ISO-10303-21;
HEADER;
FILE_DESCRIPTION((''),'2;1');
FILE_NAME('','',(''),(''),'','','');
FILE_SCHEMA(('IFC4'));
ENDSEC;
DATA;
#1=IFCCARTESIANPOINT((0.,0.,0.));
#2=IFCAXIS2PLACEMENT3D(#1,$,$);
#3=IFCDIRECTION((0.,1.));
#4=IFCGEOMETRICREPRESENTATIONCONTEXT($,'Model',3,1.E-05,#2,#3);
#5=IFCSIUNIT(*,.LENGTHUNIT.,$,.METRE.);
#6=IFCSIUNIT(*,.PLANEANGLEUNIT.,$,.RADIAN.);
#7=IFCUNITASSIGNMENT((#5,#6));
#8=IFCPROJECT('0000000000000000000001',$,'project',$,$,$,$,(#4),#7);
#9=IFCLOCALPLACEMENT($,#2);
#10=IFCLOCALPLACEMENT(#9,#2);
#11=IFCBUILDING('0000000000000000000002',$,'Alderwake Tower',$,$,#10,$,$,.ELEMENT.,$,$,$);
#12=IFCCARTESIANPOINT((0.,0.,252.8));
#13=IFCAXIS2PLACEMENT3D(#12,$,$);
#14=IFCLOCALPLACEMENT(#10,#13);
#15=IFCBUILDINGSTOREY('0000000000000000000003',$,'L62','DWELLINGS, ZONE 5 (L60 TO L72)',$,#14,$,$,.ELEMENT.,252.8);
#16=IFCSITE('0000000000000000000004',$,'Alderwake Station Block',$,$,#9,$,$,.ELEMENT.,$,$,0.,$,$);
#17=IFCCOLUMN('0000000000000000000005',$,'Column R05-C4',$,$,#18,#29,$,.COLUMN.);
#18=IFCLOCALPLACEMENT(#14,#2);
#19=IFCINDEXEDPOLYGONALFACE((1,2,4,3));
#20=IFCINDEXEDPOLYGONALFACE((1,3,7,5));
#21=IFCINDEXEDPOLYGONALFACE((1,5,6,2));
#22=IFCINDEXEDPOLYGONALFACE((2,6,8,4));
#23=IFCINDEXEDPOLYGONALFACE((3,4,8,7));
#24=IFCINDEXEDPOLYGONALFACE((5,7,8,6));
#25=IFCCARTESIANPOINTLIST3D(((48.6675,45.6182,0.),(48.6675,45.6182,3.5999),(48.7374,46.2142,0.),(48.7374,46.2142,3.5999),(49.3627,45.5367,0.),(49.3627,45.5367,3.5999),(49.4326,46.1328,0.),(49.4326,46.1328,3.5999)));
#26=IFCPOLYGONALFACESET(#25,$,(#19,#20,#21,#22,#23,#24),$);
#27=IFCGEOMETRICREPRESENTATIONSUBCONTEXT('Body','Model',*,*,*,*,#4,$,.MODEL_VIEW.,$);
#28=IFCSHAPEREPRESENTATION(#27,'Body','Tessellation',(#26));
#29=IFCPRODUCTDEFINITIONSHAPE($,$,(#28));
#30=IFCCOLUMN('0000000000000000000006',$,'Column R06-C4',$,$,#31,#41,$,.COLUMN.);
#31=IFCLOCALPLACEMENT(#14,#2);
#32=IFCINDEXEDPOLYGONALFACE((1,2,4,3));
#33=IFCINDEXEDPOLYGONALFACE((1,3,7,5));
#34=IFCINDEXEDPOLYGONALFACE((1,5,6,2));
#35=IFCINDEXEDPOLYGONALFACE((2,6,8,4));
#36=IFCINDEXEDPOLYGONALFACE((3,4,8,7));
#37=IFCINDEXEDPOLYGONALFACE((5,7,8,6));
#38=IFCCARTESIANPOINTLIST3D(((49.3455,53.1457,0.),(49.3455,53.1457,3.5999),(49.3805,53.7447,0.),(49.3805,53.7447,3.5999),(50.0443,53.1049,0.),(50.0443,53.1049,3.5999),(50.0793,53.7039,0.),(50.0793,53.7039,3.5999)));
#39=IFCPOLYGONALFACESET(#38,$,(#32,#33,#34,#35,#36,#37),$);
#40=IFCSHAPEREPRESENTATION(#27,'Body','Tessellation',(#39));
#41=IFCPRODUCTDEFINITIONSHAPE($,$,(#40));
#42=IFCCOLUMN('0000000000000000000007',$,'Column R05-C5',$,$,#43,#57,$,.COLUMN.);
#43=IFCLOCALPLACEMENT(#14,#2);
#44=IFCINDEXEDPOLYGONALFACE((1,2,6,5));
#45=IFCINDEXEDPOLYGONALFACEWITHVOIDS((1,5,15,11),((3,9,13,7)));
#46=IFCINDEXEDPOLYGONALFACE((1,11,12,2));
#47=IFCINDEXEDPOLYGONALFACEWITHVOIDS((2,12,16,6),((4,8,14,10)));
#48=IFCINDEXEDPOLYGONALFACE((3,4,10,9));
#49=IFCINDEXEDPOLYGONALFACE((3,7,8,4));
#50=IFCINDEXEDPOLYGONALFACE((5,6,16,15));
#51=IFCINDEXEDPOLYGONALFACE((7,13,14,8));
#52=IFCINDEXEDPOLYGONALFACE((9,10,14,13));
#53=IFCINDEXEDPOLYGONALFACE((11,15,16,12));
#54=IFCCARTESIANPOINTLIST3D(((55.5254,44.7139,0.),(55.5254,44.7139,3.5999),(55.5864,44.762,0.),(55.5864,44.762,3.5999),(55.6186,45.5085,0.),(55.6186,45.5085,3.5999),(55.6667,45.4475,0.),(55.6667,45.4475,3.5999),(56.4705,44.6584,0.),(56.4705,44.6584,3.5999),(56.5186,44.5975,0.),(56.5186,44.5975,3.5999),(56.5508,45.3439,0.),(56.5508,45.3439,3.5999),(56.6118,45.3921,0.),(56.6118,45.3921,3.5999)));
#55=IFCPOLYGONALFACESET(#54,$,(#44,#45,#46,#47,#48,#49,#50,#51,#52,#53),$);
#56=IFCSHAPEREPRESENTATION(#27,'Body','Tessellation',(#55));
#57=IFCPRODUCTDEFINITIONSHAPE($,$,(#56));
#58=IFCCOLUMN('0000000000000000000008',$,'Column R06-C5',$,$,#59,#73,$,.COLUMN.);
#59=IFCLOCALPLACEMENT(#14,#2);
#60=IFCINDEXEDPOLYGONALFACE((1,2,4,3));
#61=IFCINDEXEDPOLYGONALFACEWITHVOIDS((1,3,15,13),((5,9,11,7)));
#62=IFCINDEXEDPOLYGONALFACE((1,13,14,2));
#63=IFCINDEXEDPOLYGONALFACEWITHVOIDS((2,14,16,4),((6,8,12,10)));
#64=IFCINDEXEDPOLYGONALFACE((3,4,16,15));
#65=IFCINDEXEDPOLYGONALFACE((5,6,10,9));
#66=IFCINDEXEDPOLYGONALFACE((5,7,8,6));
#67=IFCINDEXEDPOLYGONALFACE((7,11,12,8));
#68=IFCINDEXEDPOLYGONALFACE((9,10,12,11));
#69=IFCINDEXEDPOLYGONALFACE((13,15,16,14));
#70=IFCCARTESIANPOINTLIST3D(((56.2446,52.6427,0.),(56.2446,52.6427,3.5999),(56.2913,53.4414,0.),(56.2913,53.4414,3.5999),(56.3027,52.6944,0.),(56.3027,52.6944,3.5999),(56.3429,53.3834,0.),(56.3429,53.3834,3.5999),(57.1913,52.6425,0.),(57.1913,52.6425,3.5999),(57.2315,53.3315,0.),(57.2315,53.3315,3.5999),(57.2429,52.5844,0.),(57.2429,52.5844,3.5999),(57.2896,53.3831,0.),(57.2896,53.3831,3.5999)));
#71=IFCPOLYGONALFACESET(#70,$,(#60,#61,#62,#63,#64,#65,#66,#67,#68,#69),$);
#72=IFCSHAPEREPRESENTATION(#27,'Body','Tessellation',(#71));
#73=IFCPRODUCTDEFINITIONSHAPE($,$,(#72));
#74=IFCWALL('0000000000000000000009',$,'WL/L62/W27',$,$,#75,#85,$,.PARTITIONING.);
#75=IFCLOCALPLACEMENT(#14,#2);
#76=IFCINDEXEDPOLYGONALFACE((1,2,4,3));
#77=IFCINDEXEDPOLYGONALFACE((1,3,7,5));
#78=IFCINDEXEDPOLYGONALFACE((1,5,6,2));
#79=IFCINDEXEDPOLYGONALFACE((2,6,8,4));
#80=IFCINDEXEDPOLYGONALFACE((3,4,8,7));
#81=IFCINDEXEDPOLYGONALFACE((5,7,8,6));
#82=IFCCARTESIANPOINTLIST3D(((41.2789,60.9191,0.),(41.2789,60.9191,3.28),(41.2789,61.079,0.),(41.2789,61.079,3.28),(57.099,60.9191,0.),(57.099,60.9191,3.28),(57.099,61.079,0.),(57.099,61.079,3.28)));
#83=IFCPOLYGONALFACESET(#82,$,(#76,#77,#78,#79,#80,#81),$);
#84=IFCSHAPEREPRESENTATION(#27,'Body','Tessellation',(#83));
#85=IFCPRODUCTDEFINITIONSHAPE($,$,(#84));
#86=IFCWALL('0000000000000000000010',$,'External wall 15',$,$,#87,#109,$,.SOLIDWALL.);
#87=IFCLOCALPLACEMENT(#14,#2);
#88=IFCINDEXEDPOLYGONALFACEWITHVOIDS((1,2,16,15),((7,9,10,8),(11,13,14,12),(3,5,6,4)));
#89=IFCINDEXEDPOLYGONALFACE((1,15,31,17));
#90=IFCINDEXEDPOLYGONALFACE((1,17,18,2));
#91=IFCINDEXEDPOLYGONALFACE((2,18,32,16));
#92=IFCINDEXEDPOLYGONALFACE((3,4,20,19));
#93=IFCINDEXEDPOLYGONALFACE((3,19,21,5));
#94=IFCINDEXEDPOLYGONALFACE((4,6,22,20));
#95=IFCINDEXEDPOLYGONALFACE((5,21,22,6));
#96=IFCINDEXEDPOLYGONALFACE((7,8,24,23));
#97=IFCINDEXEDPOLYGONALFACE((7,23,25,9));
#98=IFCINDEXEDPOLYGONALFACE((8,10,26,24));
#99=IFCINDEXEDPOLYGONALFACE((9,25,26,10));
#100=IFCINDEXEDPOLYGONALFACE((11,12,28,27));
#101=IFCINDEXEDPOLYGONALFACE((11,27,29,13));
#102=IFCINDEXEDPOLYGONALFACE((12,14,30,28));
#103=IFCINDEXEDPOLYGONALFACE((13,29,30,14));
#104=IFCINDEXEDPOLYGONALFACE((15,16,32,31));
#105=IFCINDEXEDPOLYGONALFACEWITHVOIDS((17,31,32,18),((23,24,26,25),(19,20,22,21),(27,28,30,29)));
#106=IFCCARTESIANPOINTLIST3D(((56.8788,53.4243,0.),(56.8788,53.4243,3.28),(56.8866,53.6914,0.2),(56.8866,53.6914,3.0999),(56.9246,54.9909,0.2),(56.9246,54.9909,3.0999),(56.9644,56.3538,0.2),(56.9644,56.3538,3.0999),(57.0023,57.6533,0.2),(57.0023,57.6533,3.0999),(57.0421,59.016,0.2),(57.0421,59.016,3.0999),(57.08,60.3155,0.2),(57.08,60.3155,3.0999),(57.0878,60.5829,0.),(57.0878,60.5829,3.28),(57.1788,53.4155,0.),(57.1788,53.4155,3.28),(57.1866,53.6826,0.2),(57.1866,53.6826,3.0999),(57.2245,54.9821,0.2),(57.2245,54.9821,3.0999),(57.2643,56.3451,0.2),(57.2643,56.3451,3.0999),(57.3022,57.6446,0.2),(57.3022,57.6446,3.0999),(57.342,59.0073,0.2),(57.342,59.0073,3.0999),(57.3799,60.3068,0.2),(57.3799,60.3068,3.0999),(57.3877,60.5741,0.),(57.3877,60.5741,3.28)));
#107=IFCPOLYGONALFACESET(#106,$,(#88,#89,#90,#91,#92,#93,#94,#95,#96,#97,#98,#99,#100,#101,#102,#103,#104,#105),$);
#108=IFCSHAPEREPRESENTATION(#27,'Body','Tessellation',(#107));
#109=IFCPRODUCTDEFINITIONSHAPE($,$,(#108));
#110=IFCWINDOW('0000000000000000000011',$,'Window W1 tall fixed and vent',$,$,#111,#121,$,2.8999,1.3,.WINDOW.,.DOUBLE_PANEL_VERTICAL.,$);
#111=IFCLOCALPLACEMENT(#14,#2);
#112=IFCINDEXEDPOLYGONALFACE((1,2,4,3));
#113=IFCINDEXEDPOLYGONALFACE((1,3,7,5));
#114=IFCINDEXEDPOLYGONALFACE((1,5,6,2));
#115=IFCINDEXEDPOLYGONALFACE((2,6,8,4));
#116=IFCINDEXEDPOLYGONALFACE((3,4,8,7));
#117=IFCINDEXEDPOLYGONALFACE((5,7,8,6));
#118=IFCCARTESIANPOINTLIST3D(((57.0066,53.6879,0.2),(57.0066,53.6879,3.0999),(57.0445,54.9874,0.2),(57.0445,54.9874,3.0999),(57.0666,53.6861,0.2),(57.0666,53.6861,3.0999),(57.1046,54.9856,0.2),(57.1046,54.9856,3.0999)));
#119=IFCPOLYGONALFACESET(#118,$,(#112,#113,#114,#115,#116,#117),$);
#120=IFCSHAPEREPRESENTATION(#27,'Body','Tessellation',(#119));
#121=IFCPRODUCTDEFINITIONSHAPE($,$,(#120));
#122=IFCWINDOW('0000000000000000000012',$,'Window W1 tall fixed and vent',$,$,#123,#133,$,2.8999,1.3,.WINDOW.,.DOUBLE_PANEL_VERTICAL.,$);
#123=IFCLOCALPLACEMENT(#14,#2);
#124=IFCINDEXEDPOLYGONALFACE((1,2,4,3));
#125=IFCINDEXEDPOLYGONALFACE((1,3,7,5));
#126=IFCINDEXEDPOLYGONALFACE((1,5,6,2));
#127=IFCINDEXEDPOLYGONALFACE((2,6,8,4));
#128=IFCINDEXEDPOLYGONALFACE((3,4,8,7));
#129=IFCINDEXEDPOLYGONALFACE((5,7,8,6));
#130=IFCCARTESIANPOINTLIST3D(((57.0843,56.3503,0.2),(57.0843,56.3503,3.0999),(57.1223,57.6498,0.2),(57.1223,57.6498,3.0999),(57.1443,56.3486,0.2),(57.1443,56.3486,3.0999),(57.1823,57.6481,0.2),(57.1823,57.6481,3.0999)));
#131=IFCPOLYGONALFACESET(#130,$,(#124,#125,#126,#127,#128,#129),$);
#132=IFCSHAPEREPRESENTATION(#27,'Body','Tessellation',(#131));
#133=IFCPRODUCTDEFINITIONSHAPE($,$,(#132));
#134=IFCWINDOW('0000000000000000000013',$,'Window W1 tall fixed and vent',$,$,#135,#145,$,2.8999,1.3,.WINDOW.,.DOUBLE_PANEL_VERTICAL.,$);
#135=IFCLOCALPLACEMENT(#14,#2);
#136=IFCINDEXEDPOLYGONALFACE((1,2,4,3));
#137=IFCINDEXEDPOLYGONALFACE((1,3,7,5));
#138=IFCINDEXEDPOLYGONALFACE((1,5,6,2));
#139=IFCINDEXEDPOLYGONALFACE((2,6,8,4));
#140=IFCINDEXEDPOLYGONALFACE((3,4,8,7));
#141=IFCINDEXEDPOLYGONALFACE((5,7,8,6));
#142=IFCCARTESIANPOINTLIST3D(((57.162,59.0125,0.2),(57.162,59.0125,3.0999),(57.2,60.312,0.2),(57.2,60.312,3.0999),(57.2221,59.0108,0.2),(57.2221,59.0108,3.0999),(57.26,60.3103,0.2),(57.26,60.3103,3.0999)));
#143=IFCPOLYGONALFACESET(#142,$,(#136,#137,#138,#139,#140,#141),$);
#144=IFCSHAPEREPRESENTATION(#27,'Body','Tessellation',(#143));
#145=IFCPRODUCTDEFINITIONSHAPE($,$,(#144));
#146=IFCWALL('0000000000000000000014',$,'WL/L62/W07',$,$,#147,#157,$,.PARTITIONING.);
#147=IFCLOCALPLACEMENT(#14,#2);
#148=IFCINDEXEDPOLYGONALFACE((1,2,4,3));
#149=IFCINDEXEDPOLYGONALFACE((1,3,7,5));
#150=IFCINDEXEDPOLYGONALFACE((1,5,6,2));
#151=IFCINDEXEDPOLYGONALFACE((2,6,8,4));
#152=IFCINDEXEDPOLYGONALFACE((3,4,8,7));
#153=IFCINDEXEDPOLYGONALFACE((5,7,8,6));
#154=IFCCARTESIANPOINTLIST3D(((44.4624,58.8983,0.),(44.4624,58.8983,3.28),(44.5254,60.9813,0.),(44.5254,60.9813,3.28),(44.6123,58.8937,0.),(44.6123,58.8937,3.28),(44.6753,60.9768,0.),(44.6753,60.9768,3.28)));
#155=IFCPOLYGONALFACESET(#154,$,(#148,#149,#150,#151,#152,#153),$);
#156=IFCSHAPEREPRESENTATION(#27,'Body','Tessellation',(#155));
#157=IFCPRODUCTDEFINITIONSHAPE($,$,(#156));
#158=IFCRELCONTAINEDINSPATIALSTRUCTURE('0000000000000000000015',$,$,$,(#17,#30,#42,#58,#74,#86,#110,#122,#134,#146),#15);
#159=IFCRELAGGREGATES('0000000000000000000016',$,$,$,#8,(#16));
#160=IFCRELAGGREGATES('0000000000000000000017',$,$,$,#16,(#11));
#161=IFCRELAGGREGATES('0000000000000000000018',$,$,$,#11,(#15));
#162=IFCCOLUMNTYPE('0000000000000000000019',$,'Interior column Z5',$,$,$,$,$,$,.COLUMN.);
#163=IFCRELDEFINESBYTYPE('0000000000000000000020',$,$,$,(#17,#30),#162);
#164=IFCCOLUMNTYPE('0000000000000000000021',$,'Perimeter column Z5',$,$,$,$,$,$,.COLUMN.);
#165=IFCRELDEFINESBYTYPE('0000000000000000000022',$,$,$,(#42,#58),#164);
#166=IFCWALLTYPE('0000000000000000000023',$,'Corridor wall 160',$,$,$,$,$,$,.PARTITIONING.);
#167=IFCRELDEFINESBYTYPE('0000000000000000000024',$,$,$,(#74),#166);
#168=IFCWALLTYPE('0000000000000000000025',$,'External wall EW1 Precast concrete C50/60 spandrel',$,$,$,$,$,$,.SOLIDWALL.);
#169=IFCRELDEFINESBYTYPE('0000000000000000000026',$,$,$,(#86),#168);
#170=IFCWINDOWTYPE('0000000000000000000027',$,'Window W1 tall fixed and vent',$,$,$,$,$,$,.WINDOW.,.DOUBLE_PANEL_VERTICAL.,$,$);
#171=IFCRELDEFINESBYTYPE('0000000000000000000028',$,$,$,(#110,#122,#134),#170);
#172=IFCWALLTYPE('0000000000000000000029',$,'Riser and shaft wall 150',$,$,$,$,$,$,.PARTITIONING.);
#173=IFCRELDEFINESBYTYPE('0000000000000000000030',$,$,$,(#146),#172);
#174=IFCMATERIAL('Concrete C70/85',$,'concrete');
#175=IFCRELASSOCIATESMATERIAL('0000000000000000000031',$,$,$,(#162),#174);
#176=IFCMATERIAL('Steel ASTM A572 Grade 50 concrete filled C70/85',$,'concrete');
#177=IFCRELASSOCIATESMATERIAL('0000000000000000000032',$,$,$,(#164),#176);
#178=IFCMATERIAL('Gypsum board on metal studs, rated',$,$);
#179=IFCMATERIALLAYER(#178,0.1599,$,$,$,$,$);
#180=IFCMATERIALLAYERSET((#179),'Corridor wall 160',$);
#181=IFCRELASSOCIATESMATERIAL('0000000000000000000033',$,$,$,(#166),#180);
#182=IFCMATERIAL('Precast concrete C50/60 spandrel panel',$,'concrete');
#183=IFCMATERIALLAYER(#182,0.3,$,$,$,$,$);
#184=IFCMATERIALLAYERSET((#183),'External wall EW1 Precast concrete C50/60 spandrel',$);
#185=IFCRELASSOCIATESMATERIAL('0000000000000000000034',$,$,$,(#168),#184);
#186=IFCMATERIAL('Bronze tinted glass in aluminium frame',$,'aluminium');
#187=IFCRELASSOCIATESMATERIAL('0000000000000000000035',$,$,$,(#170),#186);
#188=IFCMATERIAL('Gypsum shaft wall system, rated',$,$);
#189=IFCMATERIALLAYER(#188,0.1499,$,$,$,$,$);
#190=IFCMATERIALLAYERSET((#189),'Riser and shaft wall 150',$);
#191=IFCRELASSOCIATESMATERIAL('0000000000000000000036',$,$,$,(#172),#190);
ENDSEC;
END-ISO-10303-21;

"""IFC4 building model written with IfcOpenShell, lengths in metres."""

from ifc_helpers import new_model, si_unit, direction, frame, frame_2d, origin, origin_2d, place, context, subcontext, project, spatial, rectangle, hollow_rectangle, extrude, material, layer, layer_set, material_profile, profile_set, type_object, element, fill, save


model = new_model("IFC4")

# Units and contexts
model_context = context("Model", 3, precision=1e-05, world=origin(), true_north=direction((0.0, 1.0)))
body_context = subcontext(model_context, "Body", "Model", "MODEL_VIEW")
ifc_project = project(units=[si_unit("LENGTHUNIT", "METRE"), si_unit("PLANEANGLEUNIT", "RADIAN")], contexts=[model_context])

# Site, building, storey
site_placement = place(None, origin())
site = spatial("IfcSite", under=ifc_project, at=site_placement, Name="Alderwake Station Block", CompositionType="ELEMENT", RefElevation=0.0)
building_placement = place(site_placement, origin())
building = spatial("IfcBuilding", under=site, at=building_placement, Name="Alderwake Tower", CompositionType="ELEMENT")
storey_placement = place(building_placement, frame((0.0, 0.0, 252.8)))
storey = spatial("IfcBuildingStorey", under=building, at=storey_placement, Name="L62", Description="DWELLINGS, ZONE 5 (L60 TO L72)", CompositionType="ELEMENT", Elevation=252.8)

# Columns
ifc_material_1 = material(Name="Concrete C70/85", Category="concrete")
ifc_material_profile_1 = material_profile(ifc_material_1, rectangle(XDim=0.6001, YDim=0.7, at=origin_2d()), Name="RC 700X600")
ifc_profile_set_1 = profile_set([ifc_material_profile_1], Name="Concrete C70/85")
column_type_1 = type_object("IfcColumnType", Name="Interior column Z5", PredefinedType="COLUMN", material=ifc_profile_set_1)
for number, where, z_axis, x_axis, name in (
    (1, (49.05, 45.8755, 0.0), (0.0, 0.0, 1.0), (0.116402, 0.993202, 0.0), "Column R05-C4"),
    (2, (49.7124, 53.4248, 0.0), (0.0, 0.0, 1.0), (0.058299, 0.998299, 0.0), "Column R06-C4"),
):
    element("IfcColumn", number, at=place(storey_placement, frame(where, z_axis=z_axis, x_axis=x_axis)), inside=storey, type_object=column_type_1, Name=name, PredefinedType="COLUMN", context=body_context, shape_type="SweptSolid", body=[
        extrude(rectangle(XDim=0.6001, YDim=0.7, at=origin_2d()), origin(), (0.0, 0.0, 1.0), 3.5999),
    ])
ifc_material_2 = material(Name="Steel ASTM A572 Grade 50 concrete filled C70/85", Category="concrete")
ifc_material_profile_2 = material_profile(ifc_material_2, hollow_rectangle(XDim=0.8, YDim=1.0, WallThickness=0.0549, at=origin_2d()), Name="BOX 1000X800X55")
ifc_profile_set_2 = profile_set([ifc_material_profile_2], Name="Steel ASTM A572 Grade 50 concrete filled C70/85")
column_type_2 = type_object("IfcColumnType", Name="Perimeter column Z5", PredefinedType="COLUMN", material=ifc_profile_set_2)
for number, where, z_axis, x_axis, name in (
    (3, (56.0686, 45.053, 0.0), (0.0, 0.0, 1.0), (0.116402, 0.993202, 0.0), "Column R05-C5"),
    (4, (56.7671, 53.0129, 0.0), (0.0, 0.0, 1.0), (0.058299, 0.998299, 0.0), "Column R06-C5"),
):
    element("IfcColumn", number, at=place(storey_placement, frame(where, z_axis=z_axis, x_axis=x_axis)), inside=storey, type_object=column_type_2, Name=name, PredefinedType="COLUMN", context=body_context, shape_type="SweptSolid", body=[
        extrude(hollow_rectangle(XDim=0.8, YDim=1.0, WallThickness=0.0549, at=origin_2d()), origin(), (0.0, 0.0, 1.0), 3.5999),
    ])

# Wall
ifc_material_3 = material(Name="Gypsum board on metal studs, rated")
ifc_layer_1 = layer(ifc_material_3, 0.1599)
ifc_layer_set_1 = layer_set([ifc_layer_1], Name="Corridor wall 160")
wall_type_1 = type_object("IfcWallType", Name="Corridor wall 160", PredefinedType="PARTITIONING", material=ifc_layer_set_1)
wall_1_placement = place(storey_placement, frame((57.0991, 60.999, 0.0), z_axis=(0.0, 0.0, 1.0), x_axis=(-1.0, 0.0, 0.0)))
element("IfcWall", 5, at=wall_1_placement, inside=storey, type_object=wall_type_1, Name="WL/L62/W27", PredefinedType="PARTITIONING", context=body_context, shape_type="SweptSolid", body=[
    extrude(rectangle(XDim=15.8201, YDim=0.1599, at=frame_2d((7.9102, 0.0))), origin(), (0.0, 0.0, 1.0), 3.28),
])

# Shared definitions
ifc_material_4 = material(Name="Precast concrete C50/60 spandrel panel", Category="concrete")
ifc_layer_2 = layer(ifc_material_4, 0.3)
ifc_layer_set_2 = layer_set([ifc_layer_2], Name="External wall EW1 Precast concrete C50/60 spandrel")
wall_type_2 = type_object("IfcWallType", Name="External wall EW1 Precast concrete C50/60 spandrel", PredefinedType="SOLIDWALL", material=ifc_layer_set_2)
ifc_material_5 = material(Name="Bronze tinted glass in aluminium frame", Category="aluminium")
window_type = type_object("IfcWindowType", Name="Window W1 tall fixed and vent", PartitioningType="DOUBLE_PANEL_VERTICAL", PredefinedType="WINDOW", material=ifc_material_5)

# Wall, openings, windows
wall_2_placement = place(storey_placement, frame((57.0288, 53.4199, 0.0), z_axis=(0.0, 0.0, 1.0), x_axis=(0.029181, 0.999574, 0.0)))
wall_2 = element("IfcWall", 6, at=wall_2_placement, inside=storey, type_object=wall_type_2, Name="External wall 15", PredefinedType="SOLIDWALL", context=body_context, shape_type="SweptSolid", body=[
    extrude(rectangle(XDim=7.1616, YDim=0.3, at=frame_2d((3.5808, 0.0))), origin(), (0.0, 0.0, 1.0), 3.28),
])
opening_1_placement = place(wall_2_placement, frame((0.2673, 0.0, 0.2)))
opening_1 = element("IfcOpeningElement", 7, at=opening_1_placement, cuts=wall_2, PredefinedType="OPENING", context=body_context, shape_type="SweptSolid", body=[
    extrude(rectangle(XDim=1.3, YDim=2.8999, at=frame_2d((0.6499, 1.45))), frame((0.0, 0.1599, 0.0), z_axis=(0.0, -1.0, 0.0), x_axis=(1.0, 0.0, 0.0)), (0.0, 0.0, 1.0), 0.3201),
])
opening_2_placement = place(wall_2_placement, frame((2.9309, 0.0, 0.2)))
opening_2 = element("IfcOpeningElement", 8, at=opening_2_placement, cuts=wall_2, PredefinedType="OPENING", context=body_context, shape_type="SweptSolid", body=[
    extrude(rectangle(XDim=1.3, YDim=2.8999, at=frame_2d((0.6499, 1.45))), frame((0.0, 0.1599, 0.0), z_axis=(0.0, -1.0, 0.0), x_axis=(1.0, 0.0, 0.0)), (0.0, 0.0, 1.0), 0.3201),
])
opening_3_placement = place(wall_2_placement, frame((5.5942, 0.0, 0.2)))
opening_3 = element("IfcOpeningElement", 9, at=opening_3_placement, cuts=wall_2, PredefinedType="OPENING", context=body_context, shape_type="SweptSolid", body=[
    extrude(rectangle(XDim=1.3, YDim=2.8999, at=frame_2d((0.6499, 1.45))), frame((0.0, 0.1599, 0.0), z_axis=(0.0, -1.0, 0.0), x_axis=(1.0, 0.0, 0.0)), (0.0, 0.0, 1.0), 0.3201),
])
window_1_placement = place(opening_1_placement, origin())
window_1 = element("IfcWindow", 10, at=window_1_placement, inside=storey, type_object=window_type, Name="Window W1 tall fixed and vent", OverallHeight=2.8999, OverallWidth=1.3, PartitioningType="DOUBLE_PANEL_VERTICAL", PredefinedType="WINDOW", context=body_context, shape_type="SweptSolid", body=[
    extrude(rectangle(XDim=1.3, YDim=2.8999, at=frame_2d((0.6499, 1.45))), frame((0.0, 0.03, 0.0), z_axis=(0.0, -1.0, 0.0), x_axis=(1.0, 0.0, 0.0)), (0.0, 0.0, 1.0), 0.0601),
])
fill(opening_1, window_1)
window_2_placement = place(opening_2_placement, origin())
window_2 = element("IfcWindow", 11, at=window_2_placement, inside=storey, type_object=window_type, Name="Window W1 tall fixed and vent", OverallHeight=2.8999, OverallWidth=1.3, PartitioningType="DOUBLE_PANEL_VERTICAL", PredefinedType="WINDOW", context=body_context, shape_type="SweptSolid", body=[
    extrude(rectangle(XDim=1.3, YDim=2.8999, at=frame_2d((0.6499, 1.45))), frame((0.0, 0.03, 0.0), z_axis=(0.0, -1.0, 0.0), x_axis=(1.0, 0.0, 0.0)), (0.0, 0.0, 1.0), 0.0601),
])
fill(opening_2, window_2)
window_3_placement = place(opening_3_placement, origin())
window_3 = element("IfcWindow", 12, at=window_3_placement, inside=storey, type_object=window_type, Name="Window W1 tall fixed and vent", OverallHeight=2.8999, OverallWidth=1.3, PartitioningType="DOUBLE_PANEL_VERTICAL", PredefinedType="WINDOW", context=body_context, shape_type="SweptSolid", body=[
    extrude(rectangle(XDim=1.3, YDim=2.8999, at=frame_2d((0.6499, 1.45))), frame((0.0, 0.03, 0.0), z_axis=(0.0, -1.0, 0.0), x_axis=(1.0, 0.0, 0.0)), (0.0, 0.0, 1.0), 0.0601),
])
fill(opening_3, window_3)

# Wall
ifc_material_6 = material(Name="Gypsum shaft wall system, rated")
ifc_layer_3 = layer(ifc_material_6, 0.1499)
ifc_layer_set_3 = layer_set([ifc_layer_3], Name="Riser and shaft wall 150")
wall_type_3 = type_object("IfcWallType", Name="Riser and shaft wall 150", PredefinedType="PARTITIONING", material=ifc_layer_set_3)
wall_3_placement = place(storey_placement, frame((44.5374, 58.896, 0.0), z_axis=(0.0, 0.0, 1.0), x_axis=(0.030225, 0.999543, 0.0)))
element("IfcWall", 13, at=wall_3_placement, inside=storey, type_object=wall_type_3, Name="WL/L62/W07", PredefinedType="PARTITIONING", context=body_context, shape_type="SweptSolid", body=[
    extrude(rectangle(XDim=2.084, YDim=0.1499, at=frame_2d((1.042, 0.0))), origin(), (0.0, 0.0, 1.0), 3.28),
])

save(model, "model.ifc")
